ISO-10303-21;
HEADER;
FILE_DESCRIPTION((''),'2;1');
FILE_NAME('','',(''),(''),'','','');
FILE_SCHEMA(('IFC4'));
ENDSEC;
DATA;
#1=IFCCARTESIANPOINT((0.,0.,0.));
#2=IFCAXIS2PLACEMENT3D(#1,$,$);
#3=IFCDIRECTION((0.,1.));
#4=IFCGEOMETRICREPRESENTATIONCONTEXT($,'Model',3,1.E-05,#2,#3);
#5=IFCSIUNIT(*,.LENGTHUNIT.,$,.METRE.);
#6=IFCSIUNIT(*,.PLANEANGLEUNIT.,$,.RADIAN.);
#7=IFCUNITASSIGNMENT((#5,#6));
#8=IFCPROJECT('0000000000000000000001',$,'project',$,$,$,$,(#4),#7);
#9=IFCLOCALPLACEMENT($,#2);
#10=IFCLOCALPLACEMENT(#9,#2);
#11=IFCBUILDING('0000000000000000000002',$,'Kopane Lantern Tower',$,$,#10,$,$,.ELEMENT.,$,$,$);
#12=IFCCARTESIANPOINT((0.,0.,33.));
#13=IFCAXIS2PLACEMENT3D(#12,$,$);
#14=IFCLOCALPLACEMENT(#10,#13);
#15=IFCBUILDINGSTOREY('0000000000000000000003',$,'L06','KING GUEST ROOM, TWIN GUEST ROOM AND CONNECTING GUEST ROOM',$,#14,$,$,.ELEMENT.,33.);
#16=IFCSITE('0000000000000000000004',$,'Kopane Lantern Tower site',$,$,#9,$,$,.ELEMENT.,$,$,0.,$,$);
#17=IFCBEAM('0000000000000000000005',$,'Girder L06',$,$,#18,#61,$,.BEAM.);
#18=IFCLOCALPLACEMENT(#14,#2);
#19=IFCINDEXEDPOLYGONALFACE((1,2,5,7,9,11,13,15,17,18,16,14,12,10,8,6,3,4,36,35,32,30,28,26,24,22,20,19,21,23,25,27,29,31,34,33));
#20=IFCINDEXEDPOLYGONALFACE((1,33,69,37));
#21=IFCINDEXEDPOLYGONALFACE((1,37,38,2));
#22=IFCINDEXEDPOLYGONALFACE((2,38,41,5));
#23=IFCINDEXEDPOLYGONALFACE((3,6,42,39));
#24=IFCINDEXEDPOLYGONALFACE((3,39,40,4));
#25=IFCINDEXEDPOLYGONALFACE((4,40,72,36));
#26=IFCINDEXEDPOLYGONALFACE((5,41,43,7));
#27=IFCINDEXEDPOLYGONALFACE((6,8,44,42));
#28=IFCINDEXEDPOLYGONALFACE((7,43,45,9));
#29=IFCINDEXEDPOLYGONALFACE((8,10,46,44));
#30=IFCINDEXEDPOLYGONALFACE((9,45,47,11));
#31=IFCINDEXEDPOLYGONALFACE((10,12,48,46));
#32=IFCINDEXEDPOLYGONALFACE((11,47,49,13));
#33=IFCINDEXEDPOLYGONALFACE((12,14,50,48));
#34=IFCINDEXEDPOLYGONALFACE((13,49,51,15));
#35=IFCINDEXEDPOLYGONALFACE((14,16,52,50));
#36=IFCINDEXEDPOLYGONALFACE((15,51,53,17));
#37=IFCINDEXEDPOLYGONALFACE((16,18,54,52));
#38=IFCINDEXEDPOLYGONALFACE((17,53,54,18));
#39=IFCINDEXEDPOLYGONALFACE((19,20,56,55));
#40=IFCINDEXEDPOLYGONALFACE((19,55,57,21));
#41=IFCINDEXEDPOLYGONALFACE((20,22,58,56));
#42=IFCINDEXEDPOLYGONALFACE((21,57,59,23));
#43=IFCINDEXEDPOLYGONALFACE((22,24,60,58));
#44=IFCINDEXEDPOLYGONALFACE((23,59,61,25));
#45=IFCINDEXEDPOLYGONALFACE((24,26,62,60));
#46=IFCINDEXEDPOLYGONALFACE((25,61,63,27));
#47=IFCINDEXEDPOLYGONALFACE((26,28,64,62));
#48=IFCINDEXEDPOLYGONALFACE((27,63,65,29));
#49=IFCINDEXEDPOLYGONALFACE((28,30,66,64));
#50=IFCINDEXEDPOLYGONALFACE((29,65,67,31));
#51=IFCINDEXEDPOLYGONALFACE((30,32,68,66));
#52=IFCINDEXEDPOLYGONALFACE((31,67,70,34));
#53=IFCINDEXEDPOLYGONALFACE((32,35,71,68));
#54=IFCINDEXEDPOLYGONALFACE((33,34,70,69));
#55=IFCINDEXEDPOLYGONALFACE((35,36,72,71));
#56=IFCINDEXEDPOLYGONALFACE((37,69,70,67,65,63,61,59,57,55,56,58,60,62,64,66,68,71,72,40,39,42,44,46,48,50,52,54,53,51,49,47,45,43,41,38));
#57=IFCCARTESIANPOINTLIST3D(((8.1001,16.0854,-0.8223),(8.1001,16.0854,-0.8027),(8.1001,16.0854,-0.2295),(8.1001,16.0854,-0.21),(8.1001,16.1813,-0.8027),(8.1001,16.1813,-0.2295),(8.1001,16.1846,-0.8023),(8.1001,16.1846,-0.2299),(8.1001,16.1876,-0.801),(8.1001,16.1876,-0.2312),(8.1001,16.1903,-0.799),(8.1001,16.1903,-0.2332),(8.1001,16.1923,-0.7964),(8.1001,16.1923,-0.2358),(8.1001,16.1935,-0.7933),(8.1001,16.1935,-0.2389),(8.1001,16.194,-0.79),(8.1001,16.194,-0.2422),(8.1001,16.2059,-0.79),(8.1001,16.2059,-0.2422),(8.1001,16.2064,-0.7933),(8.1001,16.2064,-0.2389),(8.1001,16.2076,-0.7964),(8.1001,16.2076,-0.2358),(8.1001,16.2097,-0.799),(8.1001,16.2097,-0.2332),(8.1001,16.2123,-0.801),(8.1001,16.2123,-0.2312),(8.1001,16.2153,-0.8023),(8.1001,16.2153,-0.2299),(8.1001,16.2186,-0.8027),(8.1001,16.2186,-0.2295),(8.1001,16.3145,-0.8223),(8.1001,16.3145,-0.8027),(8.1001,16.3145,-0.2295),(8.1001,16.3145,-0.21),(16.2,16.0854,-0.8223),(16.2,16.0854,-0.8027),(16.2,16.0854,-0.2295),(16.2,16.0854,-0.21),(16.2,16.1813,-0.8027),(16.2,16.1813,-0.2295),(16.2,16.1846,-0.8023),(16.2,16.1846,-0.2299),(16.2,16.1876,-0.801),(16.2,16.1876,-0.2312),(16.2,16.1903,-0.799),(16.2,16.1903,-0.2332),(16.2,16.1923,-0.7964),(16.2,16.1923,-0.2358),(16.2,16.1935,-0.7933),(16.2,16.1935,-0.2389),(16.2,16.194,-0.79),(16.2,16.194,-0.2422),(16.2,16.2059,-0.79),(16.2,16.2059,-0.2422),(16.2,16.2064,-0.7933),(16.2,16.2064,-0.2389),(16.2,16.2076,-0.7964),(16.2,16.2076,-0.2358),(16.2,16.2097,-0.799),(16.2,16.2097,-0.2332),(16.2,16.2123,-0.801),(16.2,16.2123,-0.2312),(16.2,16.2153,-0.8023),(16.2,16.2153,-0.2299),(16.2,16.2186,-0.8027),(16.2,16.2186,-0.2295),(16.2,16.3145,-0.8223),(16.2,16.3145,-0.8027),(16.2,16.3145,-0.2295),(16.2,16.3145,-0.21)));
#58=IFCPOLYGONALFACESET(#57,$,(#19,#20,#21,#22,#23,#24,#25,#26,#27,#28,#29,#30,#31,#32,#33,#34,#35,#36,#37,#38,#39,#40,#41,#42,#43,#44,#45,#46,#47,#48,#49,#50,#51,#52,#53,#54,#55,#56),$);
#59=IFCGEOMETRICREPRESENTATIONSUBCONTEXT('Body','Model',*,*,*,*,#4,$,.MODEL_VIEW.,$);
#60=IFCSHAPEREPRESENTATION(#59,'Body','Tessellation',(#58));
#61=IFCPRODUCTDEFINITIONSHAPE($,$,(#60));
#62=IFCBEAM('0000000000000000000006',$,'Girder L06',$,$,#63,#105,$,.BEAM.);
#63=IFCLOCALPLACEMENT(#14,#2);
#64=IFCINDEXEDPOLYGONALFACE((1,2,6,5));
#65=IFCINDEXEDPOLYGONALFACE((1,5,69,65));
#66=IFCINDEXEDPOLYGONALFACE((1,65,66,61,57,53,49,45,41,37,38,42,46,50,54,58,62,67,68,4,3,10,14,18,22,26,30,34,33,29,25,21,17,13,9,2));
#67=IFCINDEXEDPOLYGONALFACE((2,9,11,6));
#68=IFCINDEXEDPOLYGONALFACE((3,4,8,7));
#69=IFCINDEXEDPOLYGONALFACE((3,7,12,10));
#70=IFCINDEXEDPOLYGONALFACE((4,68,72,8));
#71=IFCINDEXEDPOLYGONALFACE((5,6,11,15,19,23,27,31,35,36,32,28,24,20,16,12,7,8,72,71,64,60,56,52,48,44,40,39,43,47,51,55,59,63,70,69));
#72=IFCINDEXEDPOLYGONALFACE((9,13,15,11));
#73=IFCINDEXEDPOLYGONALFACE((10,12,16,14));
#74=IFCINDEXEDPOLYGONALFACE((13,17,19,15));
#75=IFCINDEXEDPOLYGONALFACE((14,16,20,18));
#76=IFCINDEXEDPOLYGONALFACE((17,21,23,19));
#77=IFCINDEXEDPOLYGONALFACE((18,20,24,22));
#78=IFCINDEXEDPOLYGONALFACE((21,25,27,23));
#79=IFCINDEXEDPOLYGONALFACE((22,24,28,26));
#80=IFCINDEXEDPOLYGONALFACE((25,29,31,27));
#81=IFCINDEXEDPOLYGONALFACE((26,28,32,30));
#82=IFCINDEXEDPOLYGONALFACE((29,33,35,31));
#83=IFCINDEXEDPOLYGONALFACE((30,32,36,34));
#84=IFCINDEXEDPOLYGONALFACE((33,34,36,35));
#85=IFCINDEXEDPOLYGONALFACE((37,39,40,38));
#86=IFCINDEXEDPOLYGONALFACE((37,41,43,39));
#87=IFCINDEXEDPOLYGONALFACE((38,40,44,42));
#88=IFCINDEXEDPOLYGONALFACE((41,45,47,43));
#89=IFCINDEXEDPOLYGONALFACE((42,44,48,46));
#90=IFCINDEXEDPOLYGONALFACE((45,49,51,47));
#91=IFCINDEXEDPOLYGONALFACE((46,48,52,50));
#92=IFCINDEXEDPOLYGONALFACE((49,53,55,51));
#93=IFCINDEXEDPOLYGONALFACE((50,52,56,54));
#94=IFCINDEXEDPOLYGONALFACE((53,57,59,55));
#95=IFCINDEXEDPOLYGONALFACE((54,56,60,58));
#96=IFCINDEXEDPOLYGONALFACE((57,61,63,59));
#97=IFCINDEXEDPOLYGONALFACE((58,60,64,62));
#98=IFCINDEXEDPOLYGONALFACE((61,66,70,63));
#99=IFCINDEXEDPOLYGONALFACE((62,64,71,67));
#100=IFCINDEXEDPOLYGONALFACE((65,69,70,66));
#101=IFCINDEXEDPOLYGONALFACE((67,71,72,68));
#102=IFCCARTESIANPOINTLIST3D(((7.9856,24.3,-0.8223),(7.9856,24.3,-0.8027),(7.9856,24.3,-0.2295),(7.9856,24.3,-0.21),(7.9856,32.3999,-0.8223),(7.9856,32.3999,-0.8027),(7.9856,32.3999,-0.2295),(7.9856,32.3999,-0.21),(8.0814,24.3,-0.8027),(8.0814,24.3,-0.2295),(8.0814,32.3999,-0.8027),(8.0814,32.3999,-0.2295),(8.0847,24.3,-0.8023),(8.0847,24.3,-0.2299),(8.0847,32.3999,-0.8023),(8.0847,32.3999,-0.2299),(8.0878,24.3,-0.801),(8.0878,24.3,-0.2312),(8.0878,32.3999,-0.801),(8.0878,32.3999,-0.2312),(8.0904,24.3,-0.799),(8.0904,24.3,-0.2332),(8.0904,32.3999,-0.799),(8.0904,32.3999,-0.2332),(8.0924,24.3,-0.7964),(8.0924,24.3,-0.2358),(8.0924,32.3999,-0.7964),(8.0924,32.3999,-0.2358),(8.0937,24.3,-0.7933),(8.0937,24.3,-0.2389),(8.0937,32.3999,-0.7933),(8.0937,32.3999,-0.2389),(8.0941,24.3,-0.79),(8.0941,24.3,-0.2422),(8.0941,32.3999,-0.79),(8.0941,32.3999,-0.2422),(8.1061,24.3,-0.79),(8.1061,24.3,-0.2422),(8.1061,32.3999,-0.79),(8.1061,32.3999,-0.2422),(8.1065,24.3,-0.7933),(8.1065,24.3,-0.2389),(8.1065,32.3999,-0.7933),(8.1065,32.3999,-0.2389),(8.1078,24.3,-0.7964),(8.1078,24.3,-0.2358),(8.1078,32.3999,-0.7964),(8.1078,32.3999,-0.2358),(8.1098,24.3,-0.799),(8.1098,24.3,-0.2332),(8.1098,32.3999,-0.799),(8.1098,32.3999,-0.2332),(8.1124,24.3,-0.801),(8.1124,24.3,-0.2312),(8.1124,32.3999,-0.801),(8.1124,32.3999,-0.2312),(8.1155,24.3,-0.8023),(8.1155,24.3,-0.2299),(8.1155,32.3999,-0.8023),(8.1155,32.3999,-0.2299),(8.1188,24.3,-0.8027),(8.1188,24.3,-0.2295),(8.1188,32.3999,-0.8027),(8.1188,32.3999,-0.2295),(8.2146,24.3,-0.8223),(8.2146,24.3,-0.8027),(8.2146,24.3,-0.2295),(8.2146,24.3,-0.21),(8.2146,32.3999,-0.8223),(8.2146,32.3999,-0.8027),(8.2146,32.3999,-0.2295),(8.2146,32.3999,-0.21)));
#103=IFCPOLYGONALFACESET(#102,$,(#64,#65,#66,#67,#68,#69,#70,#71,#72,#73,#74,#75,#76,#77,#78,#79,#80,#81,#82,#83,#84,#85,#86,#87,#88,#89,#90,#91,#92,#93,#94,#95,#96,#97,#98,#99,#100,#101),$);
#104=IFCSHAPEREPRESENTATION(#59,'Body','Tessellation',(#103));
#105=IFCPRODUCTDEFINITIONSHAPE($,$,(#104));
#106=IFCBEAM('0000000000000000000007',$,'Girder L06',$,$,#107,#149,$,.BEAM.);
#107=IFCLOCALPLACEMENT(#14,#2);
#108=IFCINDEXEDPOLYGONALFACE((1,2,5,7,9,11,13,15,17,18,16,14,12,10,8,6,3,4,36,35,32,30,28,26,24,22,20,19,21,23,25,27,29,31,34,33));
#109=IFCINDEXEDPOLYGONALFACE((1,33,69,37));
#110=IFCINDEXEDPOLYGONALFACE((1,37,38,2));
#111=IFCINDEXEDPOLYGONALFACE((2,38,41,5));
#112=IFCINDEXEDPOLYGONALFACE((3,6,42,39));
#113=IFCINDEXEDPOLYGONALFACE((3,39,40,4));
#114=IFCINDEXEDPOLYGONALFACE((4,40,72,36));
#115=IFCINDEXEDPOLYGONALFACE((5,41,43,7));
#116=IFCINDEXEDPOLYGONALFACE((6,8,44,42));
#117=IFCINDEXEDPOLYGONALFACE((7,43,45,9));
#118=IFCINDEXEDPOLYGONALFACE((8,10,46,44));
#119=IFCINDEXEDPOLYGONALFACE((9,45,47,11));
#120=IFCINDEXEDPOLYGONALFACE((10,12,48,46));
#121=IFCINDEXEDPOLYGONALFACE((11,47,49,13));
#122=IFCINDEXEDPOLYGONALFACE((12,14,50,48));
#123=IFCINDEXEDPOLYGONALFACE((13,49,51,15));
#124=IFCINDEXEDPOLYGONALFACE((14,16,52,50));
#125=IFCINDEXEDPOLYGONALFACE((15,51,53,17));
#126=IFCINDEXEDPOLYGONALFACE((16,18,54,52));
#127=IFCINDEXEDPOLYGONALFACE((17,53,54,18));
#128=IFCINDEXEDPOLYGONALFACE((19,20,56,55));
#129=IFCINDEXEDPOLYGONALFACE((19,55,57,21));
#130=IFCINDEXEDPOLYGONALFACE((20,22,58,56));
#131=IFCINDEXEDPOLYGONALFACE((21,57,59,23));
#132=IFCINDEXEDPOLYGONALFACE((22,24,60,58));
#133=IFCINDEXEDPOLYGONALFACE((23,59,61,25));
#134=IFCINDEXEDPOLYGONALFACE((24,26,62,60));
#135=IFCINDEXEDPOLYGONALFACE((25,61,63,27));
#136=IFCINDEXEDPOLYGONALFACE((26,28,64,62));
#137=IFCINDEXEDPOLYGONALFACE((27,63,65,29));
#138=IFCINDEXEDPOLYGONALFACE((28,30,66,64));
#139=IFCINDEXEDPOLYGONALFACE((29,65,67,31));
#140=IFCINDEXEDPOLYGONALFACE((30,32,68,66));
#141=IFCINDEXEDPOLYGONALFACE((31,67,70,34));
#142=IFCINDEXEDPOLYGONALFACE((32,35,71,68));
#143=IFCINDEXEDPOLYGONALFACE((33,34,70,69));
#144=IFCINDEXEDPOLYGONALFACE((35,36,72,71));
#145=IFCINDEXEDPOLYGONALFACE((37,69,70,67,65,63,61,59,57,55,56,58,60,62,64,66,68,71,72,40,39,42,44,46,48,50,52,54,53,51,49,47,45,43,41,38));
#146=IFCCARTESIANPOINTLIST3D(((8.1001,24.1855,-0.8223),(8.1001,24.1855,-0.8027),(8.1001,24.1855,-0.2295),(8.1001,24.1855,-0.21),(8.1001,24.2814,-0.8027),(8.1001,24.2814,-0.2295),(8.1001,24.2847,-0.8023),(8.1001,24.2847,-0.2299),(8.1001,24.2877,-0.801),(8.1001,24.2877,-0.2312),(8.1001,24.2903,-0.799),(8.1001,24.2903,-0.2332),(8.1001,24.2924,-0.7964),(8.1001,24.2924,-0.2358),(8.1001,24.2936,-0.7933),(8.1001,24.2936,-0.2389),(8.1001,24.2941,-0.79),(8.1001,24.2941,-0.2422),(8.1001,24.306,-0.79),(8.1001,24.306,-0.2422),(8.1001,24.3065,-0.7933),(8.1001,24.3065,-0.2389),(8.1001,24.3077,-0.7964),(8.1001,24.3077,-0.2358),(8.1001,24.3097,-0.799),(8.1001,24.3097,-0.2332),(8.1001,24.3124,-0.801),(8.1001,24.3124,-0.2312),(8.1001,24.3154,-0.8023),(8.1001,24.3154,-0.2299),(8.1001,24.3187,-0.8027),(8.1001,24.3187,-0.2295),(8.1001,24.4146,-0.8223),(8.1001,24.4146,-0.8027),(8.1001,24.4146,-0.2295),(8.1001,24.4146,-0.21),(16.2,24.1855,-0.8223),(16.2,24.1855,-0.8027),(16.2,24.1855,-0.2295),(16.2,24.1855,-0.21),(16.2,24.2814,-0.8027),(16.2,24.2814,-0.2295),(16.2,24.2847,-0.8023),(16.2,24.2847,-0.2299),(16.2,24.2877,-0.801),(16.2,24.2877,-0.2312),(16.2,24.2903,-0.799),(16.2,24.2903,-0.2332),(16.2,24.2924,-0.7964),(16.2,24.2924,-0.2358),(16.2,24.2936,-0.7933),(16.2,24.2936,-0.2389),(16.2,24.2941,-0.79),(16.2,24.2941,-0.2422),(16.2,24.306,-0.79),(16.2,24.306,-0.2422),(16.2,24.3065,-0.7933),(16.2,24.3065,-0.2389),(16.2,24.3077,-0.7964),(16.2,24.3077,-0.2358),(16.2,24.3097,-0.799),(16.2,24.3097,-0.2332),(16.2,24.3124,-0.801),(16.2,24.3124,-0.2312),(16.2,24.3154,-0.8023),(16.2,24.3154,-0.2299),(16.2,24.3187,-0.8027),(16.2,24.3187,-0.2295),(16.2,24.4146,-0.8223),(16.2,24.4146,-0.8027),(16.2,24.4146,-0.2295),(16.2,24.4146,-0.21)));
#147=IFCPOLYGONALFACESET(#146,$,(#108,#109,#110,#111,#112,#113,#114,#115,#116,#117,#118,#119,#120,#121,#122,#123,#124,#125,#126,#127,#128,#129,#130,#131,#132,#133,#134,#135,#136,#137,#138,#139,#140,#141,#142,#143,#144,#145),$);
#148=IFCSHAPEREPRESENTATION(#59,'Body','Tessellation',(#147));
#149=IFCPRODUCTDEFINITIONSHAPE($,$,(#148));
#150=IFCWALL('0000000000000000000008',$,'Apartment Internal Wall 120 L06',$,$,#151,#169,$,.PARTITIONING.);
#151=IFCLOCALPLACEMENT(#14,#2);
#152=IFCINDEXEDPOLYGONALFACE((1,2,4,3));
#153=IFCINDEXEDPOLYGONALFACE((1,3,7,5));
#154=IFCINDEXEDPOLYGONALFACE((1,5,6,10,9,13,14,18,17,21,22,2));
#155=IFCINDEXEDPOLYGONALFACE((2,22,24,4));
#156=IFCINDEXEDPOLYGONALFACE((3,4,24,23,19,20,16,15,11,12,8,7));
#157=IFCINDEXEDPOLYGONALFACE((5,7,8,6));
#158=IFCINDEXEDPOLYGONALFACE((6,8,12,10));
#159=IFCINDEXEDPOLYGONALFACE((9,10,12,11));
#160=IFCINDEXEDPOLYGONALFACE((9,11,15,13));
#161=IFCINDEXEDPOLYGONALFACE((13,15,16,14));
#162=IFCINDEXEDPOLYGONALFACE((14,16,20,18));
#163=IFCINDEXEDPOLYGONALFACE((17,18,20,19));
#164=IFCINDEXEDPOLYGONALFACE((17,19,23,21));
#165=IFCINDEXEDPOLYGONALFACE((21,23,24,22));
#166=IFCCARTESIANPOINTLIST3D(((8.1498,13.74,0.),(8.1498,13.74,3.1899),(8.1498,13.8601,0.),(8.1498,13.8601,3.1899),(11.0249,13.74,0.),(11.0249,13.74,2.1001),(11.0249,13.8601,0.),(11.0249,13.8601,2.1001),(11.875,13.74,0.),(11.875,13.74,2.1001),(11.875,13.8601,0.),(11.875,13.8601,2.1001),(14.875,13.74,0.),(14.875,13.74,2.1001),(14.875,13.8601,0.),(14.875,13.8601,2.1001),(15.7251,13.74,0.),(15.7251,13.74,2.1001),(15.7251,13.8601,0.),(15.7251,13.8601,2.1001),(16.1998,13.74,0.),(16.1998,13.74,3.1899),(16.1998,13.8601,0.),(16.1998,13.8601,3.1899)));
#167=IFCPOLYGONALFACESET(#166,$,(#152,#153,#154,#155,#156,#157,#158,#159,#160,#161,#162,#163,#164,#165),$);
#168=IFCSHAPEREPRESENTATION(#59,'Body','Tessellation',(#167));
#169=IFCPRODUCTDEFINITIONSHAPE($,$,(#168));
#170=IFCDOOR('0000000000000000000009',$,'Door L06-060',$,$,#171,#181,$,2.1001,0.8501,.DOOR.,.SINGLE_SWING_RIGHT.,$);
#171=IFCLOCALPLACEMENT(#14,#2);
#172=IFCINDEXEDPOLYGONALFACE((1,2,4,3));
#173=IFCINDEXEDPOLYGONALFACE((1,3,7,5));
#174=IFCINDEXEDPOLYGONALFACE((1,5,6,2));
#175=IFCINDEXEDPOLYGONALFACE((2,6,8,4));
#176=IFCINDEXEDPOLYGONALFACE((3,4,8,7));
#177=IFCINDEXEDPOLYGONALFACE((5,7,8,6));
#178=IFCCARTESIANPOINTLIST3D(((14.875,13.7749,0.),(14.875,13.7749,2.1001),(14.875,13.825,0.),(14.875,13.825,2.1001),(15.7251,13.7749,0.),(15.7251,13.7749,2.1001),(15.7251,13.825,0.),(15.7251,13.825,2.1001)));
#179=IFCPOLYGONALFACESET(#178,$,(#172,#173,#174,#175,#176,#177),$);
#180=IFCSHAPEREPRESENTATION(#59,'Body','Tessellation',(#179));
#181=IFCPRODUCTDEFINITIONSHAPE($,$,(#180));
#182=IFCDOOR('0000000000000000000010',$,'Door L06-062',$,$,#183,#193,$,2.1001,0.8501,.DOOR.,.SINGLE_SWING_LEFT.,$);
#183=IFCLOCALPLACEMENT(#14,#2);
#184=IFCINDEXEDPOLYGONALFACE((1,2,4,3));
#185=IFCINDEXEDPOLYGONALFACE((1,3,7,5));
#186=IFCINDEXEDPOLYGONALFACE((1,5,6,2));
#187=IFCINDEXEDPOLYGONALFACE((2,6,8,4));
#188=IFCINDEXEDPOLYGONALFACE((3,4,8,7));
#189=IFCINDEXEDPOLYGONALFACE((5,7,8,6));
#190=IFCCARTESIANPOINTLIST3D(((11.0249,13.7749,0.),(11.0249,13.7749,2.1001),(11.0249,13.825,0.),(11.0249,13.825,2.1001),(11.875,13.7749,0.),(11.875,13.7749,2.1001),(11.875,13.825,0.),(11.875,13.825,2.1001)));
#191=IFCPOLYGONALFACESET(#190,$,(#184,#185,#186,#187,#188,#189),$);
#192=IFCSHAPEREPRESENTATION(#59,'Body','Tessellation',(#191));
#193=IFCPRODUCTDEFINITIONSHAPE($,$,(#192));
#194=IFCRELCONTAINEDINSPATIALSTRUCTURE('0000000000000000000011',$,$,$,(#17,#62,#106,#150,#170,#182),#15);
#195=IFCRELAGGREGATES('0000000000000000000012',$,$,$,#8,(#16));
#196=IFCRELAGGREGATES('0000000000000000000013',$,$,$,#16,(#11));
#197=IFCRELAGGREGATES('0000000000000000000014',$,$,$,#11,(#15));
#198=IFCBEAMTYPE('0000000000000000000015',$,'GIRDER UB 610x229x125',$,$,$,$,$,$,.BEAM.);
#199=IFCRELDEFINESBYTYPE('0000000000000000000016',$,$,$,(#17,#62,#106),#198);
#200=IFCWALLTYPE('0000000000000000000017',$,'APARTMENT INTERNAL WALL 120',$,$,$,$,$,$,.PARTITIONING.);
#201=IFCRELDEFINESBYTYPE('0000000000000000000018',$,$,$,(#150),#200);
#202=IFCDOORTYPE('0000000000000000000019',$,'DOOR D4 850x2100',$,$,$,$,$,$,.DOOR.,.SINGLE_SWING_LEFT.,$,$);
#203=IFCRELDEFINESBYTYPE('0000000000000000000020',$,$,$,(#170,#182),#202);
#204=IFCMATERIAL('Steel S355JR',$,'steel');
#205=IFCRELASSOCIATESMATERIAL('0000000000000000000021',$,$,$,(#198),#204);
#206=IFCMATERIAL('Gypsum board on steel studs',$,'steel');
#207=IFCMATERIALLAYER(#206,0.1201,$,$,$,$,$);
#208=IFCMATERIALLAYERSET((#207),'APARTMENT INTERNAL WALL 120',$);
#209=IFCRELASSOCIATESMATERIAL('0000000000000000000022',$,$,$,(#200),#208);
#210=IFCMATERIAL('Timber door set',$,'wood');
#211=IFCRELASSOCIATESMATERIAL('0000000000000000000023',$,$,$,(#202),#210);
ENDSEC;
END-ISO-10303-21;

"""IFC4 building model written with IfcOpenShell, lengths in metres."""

from ifc_helpers import new_model, si_unit, direction, frame, frame_2d, origin, origin_2d, place, context, subcontext, project, spatial, rectangle, i_section, extrude, material, layer, layer_set, material_profile, profile_set, type_object, element, fill, save


model = new_model("IFC4")

# Units and contexts
model_context = context("Model", 3, precision=1e-05, world=origin(), true_north=direction((0.0, 1.0)))
body_context = subcontext(model_context, "Body", "Model", "MODEL_VIEW")
ifc_project = project(units=[si_unit("LENGTHUNIT", "METRE"), si_unit("PLANEANGLEUNIT", "RADIAN")], contexts=[model_context])

# Site, building, storey
site_placement = place(None, origin())
site = spatial("IfcSite", under=ifc_project, at=site_placement, Name="Kopane Lantern Tower site", CompositionType="ELEMENT", RefElevation=0.0)
building_placement = place(site_placement, origin())
building = spatial("IfcBuilding", under=site, at=building_placement, Name="Kopane Lantern Tower", CompositionType="ELEMENT")
storey_placement = place(building_placement, frame((0.0, 0.0, 33.0)))
storey = spatial("IfcBuildingStorey", under=building, at=storey_placement, Name="L06", Description="KING GUEST ROOM, TWIN GUEST ROOM AND CONNECTING GUEST ROOM", CompositionType="ELEMENT", Elevation=33.0)

# Beams
ifc_material_1 = material(Name="Steel S355JR", Category="steel")
ifc_material_profile_1 = material_profile(ifc_material_1, i_section(OverallWidth=0.229, OverallDepth=0.6123, WebThickness=0.012, FlangeThickness=0.0195, FilletRadius=0.0127, at=origin_2d()), Name="UB 610x229x125")
ifc_profile_set_1 = profile_set([ifc_material_profile_1], Name="Steel S355JR")
beam_type = type_object("IfcBeamType", Name="GIRDER UB 610x229x125", PredefinedType="BEAM", material=ifc_profile_set_1)
for number, where, z_axis, x_axis, name in (
    (1, (8.1001, 16.2, -0.5161), (1.0, 0.0, 0.0), (0.0, 1.0, 0.0), "Girder L06"),
    (2, (8.1001, 24.3, -0.5161), (0.0, 1.0, 0.0), (-1.0, 0.0, 0.0), "Girder L06"),
    (3, (8.1001, 24.3, -0.5161), (1.0, 0.0, 0.0), (0.0, 1.0, 0.0), "Girder L06"),
):
    element("IfcBeam", number, at=place(storey_placement, frame(where, z_axis=z_axis, x_axis=x_axis)), inside=storey, type_object=beam_type, Name=name, PredefinedType="BEAM", context=body_context, shape_type="SweptSolid", body=[
        extrude(i_section(OverallWidth=0.229, OverallDepth=0.6123, WebThickness=0.012, FlangeThickness=0.0195, FilletRadius=0.0127, at=origin_2d()), origin(), (0.0, 0.0, 1.0), 8.0999),
    ])

# Wall, openings, doors
ifc_material_2 = material(Name="Gypsum board on steel studs", Category="steel")
ifc_layer_1 = layer(ifc_material_2, 0.1201)
ifc_layer_set_1 = layer_set([ifc_layer_1], Name="APARTMENT INTERNAL WALL 120")
wall_type_1 = type_object("IfcWallType", Name="APARTMENT INTERNAL WALL 120", PredefinedType="PARTITIONING", material=ifc_layer_set_1)
wall_1_placement = place(storey_placement, frame((8.1499, 13.8, 0.0), z_axis=(0.0, 0.0, 1.0), x_axis=(1.0, 0.0, 0.0)))
wall_1 = element("IfcWall", 4, at=wall_1_placement, inside=storey, type_object=wall_type_1, Name="Apartment Internal Wall 120 L06", PredefinedType="PARTITIONING", context=body_context, shape_type="SweptSolid", body=[
    extrude(rectangle(XDim=8.05, YDim=0.1201, at=frame_2d((4.0249, 0.0))), origin(), (0.0, 0.0, 1.0), 3.1899),
])
opening_1_placement = place(wall_1_placement, frame((6.7251, 0.0, 0.0)))
opening_1 = element("IfcOpeningElement", 5, at=opening_1_placement, cuts=wall_1, PredefinedType="OPENING", context=body_context, shape_type="SweptSolid", body=[
    extrude(rectangle(XDim=0.8501, YDim=2.1001, at=frame_2d((0.425, 1.05))), frame((0.0, 0.0701, 0.0), z_axis=(0.0, -1.0, 0.0), x_axis=(1.0, 0.0, 0.0)), (0.0, 0.0, 1.0), 0.1401),
])
opening_2_placement = place(wall_1_placement, frame((2.875, 0.0, 0.0)))
opening_2 = element("IfcOpeningElement", 6, at=opening_2_placement, cuts=wall_1, PredefinedType="OPENING", context=body_context, shape_type="SweptSolid", body=[
    extrude(rectangle(XDim=0.8501, YDim=2.1001, at=frame_2d((0.425, 1.05))), frame((0.0, 0.0701, 0.0), z_axis=(0.0, -1.0, 0.0), x_axis=(1.0, 0.0, 0.0)), (0.0, 0.0, 1.0), 0.1401),
])
ifc_material_3 = material(Name="Timber door set", Category="wood")
door_type_1 = type_object("IfcDoorType", Name="DOOR D4 850x2100", OperationType="SINGLE_SWING_LEFT", PredefinedType="DOOR", material=ifc_material_3)
door_1_placement = place(opening_1_placement, origin())
door_1 = element("IfcDoor", 7, at=door_1_placement, inside=storey, type_object=door_type_1, Name="Door L06-060", OperationType="SINGLE_SWING_RIGHT", OverallHeight=2.1001, OverallWidth=0.8501, PredefinedType="DOOR", context=body_context, shape_type="SweptSolid", body=[
    extrude(rectangle(XDim=0.8501, YDim=2.1001, at=frame_2d((0.425, 1.05))), frame((0.0, 0.0249, 0.0), z_axis=(0.0, -1.0, 0.0), x_axis=(1.0, 0.0, 0.0)), (0.0, 0.0, 1.0), 0.05),
])
fill(opening_1, door_1)
door_2_placement = place(opening_2_placement, origin())
door_2 = element("IfcDoor", 8, at=door_2_placement, inside=storey, type_object=door_type_1, Name="Door L06-062", OperationType="SINGLE_SWING_LEFT", OverallHeight=2.1001, OverallWidth=0.8501, PredefinedType="DOOR", context=body_context, shape_type="SweptSolid", body=[
    extrude(rectangle(XDim=0.8501, YDim=2.1001, at=frame_2d((0.425, 1.05))), frame((0.0, 0.0249, 0.0), z_axis=(0.0, -1.0, 0.0), x_axis=(1.0, 0.0, 0.0)), (0.0, 0.0, 1.0), 0.05),
])
fill(opening_2, door_2)

save(model, "model.ifc")
